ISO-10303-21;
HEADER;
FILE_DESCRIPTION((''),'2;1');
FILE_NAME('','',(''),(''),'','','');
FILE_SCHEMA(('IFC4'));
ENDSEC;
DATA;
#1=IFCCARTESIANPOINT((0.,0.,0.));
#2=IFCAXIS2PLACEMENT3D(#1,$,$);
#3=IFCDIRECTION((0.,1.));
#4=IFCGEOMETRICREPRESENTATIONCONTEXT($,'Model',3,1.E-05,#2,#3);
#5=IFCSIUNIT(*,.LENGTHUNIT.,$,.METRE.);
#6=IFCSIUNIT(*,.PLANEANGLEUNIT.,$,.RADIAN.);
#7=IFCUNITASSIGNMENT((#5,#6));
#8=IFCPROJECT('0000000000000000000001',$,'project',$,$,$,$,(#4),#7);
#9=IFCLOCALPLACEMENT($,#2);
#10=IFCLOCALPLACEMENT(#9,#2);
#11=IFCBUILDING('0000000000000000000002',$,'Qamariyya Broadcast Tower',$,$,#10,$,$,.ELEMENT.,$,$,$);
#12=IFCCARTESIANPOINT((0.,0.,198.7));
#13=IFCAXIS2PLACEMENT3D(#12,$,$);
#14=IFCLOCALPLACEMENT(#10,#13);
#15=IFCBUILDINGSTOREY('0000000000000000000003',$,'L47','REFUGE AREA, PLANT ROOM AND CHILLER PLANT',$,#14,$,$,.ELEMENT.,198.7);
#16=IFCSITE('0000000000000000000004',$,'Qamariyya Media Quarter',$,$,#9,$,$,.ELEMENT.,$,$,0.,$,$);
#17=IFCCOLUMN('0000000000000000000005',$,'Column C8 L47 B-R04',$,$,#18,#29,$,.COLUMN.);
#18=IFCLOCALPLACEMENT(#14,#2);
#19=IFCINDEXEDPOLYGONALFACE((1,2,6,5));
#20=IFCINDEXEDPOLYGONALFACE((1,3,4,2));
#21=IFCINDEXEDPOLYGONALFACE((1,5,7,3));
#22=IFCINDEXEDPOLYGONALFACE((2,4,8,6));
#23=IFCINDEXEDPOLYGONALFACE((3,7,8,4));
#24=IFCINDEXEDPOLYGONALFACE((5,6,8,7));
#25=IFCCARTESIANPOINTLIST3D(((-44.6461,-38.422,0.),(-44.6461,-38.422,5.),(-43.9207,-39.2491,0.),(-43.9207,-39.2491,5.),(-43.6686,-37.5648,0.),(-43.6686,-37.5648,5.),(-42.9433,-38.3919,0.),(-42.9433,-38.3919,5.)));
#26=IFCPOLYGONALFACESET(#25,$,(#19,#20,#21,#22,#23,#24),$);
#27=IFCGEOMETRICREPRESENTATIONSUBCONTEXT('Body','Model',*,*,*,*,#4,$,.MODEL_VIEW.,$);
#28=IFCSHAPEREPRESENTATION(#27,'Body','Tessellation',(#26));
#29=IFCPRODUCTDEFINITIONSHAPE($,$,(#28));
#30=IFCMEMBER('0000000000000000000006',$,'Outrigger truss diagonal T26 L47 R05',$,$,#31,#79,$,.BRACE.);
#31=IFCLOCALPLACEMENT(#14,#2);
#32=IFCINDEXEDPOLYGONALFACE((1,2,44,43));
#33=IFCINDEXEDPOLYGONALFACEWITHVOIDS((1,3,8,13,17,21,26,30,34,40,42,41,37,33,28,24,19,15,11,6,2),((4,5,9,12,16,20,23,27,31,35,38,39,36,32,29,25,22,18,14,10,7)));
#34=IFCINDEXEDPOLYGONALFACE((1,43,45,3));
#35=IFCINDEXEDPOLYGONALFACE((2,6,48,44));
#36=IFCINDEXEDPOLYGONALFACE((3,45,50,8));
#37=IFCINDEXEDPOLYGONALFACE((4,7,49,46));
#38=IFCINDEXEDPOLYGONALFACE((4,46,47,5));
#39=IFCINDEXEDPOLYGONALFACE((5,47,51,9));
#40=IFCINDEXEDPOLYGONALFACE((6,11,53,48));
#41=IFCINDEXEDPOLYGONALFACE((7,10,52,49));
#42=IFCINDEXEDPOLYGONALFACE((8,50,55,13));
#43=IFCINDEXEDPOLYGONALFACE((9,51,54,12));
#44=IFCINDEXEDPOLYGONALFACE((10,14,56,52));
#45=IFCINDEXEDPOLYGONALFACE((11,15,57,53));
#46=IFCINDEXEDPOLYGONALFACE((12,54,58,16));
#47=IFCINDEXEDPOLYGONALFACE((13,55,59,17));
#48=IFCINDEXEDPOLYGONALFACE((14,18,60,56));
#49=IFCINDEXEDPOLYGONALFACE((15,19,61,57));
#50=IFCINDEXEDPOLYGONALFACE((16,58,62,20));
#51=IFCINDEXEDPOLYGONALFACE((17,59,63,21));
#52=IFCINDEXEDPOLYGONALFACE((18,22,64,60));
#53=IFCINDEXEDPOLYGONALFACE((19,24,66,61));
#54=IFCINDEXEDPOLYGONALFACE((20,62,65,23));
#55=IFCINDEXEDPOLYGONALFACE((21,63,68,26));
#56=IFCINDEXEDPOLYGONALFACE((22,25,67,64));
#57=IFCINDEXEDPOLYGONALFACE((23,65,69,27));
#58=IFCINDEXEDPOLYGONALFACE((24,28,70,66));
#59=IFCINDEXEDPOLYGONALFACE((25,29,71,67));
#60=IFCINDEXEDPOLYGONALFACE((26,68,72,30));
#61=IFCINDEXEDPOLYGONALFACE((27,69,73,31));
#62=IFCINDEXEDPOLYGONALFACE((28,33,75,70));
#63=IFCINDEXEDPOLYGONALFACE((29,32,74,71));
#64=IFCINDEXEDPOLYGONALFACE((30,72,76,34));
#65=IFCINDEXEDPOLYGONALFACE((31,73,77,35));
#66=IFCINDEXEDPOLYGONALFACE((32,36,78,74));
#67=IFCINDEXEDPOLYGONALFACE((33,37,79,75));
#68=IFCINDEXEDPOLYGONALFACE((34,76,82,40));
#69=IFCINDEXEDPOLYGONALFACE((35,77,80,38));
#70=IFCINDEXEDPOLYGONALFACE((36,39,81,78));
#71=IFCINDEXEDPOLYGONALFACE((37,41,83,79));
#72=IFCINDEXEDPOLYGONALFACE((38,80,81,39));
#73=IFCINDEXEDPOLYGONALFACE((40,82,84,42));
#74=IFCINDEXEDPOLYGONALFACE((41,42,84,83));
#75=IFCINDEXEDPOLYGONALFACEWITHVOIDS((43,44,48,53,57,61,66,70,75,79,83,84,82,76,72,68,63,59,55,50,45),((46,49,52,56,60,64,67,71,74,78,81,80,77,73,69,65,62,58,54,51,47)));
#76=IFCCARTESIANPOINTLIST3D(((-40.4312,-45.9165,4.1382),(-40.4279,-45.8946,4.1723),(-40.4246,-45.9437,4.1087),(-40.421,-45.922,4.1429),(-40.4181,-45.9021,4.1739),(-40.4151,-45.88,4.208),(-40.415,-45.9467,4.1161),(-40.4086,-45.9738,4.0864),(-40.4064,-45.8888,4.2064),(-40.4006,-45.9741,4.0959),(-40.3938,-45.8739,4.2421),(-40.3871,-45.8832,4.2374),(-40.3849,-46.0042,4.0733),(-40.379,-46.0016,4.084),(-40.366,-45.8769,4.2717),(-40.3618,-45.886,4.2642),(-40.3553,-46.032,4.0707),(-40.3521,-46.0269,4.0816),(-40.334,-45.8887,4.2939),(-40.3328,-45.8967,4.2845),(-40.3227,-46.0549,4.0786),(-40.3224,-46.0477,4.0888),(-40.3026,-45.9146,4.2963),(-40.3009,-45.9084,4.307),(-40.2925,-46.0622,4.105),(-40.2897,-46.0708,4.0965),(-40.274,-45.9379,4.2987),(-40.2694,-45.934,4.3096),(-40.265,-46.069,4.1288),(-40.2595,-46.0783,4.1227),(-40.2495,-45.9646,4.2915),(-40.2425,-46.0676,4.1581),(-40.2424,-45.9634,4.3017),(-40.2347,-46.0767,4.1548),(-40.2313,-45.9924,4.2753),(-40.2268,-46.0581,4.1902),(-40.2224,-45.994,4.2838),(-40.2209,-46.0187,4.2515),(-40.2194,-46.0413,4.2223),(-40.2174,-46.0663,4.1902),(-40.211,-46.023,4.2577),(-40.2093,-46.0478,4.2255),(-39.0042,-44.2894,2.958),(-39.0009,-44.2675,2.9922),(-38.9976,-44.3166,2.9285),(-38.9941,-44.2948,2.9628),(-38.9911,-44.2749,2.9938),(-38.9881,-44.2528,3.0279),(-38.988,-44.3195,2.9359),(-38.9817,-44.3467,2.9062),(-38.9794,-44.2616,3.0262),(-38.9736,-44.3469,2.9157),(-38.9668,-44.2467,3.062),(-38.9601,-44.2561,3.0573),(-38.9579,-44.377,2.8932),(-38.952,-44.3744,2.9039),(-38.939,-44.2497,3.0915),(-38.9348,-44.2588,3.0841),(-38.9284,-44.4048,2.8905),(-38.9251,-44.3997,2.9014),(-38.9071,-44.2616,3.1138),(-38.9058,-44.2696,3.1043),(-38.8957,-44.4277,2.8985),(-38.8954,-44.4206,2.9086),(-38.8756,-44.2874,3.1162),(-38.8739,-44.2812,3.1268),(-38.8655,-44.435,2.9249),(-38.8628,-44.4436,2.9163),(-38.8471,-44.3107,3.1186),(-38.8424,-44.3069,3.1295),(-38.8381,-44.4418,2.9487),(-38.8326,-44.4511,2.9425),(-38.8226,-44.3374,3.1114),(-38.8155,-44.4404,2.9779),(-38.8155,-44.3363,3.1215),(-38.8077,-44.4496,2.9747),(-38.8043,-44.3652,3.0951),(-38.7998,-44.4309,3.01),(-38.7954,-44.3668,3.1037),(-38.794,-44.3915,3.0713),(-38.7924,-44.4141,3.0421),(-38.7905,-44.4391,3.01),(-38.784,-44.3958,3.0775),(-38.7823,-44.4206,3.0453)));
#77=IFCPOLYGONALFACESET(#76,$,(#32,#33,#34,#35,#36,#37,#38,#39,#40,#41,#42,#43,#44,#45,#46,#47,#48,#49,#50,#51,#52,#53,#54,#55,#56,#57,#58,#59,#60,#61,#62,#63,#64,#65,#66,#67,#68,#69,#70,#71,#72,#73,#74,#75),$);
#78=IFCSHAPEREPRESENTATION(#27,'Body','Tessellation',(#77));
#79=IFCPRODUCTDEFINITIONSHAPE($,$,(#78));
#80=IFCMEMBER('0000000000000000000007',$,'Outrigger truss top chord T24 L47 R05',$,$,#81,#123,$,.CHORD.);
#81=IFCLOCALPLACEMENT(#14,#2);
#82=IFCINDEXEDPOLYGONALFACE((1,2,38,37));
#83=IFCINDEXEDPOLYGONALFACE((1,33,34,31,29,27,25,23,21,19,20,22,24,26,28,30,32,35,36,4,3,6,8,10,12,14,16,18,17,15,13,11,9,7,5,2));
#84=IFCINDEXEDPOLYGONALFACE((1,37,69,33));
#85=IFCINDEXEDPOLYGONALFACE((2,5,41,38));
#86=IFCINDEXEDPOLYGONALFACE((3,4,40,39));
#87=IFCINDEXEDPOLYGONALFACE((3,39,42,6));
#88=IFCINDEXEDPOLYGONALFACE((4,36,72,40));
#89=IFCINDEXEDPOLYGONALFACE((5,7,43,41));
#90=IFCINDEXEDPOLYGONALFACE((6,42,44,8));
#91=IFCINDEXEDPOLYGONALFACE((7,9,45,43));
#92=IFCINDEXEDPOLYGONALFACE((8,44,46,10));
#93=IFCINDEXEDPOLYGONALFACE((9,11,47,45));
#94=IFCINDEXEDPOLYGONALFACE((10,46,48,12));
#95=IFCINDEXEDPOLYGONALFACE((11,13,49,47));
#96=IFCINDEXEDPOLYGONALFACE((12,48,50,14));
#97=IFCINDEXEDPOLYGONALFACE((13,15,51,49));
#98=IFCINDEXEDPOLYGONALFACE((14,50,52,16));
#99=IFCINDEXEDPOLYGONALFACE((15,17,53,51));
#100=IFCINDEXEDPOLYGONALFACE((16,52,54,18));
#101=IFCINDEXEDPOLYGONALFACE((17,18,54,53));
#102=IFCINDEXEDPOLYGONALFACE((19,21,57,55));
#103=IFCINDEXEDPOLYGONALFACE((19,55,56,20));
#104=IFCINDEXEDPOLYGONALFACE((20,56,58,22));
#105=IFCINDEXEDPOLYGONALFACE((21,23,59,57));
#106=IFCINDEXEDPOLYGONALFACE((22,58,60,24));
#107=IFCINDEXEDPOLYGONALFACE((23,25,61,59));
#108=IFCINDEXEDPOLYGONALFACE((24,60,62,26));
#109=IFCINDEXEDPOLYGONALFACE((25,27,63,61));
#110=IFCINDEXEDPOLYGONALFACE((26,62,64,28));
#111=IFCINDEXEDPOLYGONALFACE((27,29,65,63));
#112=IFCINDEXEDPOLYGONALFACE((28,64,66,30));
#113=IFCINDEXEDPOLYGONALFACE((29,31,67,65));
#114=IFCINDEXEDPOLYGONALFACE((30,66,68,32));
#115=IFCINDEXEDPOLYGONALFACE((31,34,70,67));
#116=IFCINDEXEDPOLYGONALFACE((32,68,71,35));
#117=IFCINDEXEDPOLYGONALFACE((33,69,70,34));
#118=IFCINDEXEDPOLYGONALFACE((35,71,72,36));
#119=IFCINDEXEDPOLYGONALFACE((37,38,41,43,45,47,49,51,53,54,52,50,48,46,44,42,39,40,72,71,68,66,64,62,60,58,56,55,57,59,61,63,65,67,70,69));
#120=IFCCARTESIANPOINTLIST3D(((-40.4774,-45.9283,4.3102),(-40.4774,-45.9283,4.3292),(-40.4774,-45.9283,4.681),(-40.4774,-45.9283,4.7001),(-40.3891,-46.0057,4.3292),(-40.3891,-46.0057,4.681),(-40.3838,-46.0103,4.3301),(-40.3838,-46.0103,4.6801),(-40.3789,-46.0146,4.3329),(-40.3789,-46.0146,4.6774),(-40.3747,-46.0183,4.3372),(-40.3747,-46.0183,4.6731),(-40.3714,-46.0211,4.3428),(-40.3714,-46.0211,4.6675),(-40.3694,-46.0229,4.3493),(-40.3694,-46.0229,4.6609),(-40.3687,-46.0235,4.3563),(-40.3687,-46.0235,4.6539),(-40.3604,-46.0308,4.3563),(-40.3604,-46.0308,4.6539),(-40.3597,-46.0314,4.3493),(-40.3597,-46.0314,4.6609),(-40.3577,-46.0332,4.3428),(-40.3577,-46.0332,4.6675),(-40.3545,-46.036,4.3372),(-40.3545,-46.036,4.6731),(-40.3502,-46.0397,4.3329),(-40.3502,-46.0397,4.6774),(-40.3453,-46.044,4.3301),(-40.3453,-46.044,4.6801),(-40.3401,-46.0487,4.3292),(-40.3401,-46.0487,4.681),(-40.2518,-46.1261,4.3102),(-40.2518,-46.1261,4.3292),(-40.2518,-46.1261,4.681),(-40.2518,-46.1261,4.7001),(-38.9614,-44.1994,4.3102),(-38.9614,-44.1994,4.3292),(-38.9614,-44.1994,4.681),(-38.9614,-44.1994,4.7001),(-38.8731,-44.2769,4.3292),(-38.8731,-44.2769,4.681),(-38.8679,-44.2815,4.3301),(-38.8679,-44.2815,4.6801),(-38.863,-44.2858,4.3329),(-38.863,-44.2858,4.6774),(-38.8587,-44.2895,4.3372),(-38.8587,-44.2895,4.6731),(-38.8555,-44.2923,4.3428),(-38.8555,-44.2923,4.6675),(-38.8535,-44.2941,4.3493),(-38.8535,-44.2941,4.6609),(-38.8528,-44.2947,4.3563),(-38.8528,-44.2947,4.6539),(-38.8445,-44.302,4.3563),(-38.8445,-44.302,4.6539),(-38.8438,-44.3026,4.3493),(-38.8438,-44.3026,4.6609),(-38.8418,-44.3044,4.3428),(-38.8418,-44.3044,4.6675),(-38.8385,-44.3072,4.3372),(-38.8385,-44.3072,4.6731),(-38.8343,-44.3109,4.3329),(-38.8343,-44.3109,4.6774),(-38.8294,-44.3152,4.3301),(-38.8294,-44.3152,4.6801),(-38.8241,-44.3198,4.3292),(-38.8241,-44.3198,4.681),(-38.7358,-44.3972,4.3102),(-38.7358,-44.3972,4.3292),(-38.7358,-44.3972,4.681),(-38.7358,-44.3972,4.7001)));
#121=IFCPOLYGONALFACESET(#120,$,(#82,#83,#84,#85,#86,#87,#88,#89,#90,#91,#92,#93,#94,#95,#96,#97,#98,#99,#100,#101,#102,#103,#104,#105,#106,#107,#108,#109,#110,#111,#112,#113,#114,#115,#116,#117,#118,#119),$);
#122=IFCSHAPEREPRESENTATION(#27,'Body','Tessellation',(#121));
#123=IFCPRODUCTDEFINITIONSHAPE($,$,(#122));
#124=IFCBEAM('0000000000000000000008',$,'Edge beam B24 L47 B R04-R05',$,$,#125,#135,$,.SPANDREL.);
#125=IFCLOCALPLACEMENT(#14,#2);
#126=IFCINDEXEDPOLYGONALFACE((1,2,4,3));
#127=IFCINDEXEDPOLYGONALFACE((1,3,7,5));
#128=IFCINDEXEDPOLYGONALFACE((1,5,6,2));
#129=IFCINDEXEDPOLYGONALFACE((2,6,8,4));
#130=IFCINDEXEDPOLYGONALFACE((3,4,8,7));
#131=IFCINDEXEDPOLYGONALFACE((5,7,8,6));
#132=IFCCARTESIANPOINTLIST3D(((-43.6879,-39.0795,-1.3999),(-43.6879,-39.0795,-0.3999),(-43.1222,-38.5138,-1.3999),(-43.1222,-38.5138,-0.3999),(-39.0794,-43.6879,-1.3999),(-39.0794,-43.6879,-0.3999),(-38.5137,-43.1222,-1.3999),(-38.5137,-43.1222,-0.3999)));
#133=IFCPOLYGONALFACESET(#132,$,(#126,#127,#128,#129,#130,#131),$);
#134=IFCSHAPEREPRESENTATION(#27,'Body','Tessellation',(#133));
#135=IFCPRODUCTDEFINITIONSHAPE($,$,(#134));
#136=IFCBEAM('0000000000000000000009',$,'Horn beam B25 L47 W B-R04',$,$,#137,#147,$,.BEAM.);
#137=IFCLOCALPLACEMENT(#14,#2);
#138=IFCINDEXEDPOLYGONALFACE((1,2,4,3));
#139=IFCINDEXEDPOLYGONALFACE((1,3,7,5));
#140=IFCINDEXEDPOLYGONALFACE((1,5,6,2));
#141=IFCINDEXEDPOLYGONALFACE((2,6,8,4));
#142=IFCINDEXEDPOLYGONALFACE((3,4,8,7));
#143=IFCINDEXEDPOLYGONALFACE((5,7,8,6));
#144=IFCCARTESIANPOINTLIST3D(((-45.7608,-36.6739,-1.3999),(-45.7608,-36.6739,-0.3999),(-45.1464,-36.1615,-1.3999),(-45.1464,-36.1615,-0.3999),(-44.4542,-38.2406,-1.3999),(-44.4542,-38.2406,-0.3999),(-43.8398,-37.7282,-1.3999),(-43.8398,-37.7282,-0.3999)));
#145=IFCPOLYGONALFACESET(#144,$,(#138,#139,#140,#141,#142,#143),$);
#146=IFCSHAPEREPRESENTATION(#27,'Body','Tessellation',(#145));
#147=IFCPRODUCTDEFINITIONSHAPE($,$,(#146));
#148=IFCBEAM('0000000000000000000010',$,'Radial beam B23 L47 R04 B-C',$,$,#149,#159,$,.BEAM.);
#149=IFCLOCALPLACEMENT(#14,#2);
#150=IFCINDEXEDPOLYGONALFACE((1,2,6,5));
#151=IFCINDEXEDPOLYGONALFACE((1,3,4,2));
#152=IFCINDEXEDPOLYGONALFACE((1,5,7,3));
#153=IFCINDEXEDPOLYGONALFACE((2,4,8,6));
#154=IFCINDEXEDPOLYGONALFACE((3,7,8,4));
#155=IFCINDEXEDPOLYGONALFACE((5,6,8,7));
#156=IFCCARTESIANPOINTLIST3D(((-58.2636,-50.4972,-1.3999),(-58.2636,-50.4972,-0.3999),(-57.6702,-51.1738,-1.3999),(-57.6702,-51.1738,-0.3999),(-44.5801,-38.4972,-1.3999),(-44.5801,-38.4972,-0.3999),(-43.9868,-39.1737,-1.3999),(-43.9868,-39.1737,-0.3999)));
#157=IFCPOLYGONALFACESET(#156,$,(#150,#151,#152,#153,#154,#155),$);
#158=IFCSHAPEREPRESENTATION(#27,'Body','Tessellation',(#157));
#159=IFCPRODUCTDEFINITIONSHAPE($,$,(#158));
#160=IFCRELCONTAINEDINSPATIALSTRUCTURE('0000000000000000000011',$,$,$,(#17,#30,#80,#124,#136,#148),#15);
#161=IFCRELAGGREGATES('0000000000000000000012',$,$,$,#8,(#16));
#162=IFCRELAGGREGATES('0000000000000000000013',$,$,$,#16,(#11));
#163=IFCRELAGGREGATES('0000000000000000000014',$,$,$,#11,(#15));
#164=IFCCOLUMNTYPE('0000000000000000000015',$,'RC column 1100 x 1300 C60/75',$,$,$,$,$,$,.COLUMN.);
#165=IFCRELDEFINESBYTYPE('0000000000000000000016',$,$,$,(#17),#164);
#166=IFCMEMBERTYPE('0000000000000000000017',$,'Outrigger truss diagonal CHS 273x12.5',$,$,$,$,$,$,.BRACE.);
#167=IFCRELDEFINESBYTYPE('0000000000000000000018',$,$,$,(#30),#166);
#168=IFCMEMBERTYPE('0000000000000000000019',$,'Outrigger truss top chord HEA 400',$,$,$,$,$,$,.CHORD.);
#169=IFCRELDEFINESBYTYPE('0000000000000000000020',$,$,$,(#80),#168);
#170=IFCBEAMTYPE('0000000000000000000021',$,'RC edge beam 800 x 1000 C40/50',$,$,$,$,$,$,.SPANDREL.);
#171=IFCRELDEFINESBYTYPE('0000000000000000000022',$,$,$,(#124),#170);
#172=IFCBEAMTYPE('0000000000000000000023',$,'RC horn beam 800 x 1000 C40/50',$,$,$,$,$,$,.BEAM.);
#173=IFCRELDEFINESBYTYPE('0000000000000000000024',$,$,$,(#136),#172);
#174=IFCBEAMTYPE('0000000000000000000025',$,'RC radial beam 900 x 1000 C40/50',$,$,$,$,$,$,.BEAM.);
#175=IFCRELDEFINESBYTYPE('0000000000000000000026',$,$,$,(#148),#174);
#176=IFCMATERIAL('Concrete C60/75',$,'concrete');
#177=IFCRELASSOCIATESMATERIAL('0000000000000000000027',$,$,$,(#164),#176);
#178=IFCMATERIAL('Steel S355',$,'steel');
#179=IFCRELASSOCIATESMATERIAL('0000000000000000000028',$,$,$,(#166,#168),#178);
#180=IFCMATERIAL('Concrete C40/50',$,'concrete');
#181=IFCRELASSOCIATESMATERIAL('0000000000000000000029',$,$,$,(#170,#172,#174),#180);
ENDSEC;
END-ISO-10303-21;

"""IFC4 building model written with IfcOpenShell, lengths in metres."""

from ifc_helpers import new_model, si_unit, direction, frame, origin, origin_2d, place, context, subcontext, project, spatial, rectangle, hollow_circle, i_section, extrude, material, material_profile, profile_set, type_object, element, save


model = new_model("IFC4")

# Units and contexts
model_context = context("Model", 3, precision=1e-05, world=origin(), true_north=direction((0.0, 1.0)))
body_context = subcontext(model_context, "Body", "Model", "MODEL_VIEW")
ifc_project = project(units=[si_unit("LENGTHUNIT", "METRE"), si_unit("PLANEANGLEUNIT", "RADIAN")], contexts=[model_context])

# Site, building, storey
site_placement = place(None, origin())
site = spatial("IfcSite", under=ifc_project, at=site_placement, Name="Qamariyya Media Quarter", CompositionType="ELEMENT", RefElevation=0.0)
building_placement = place(site_placement, origin())
building = spatial("IfcBuilding", under=site, at=building_placement, Name="Qamariyya Broadcast Tower", CompositionType="ELEMENT")
storey_placement = place(building_placement, frame((0.0, 0.0, 198.7)))
storey = spatial("IfcBuildingStorey", under=building, at=storey_placement, Name="L47", Description="REFUGE AREA, PLANT ROOM AND CHILLER PLANT", CompositionType="ELEMENT", Elevation=198.7)

# Column
ifc_material_1 = material(Name="Concrete C60/75", Category="concrete")
ifc_material_profile_1 = material_profile(ifc_material_1, rectangle(XDim=1.1001, YDim=1.3, at=origin_2d()))
ifc_profile_set_1 = profile_set([ifc_material_profile_1], Name="Concrete C60/75")
column_type = type_object("IfcColumnType", Name="RC column 1100 x 1300 C60/75", PredefinedType="COLUMN", material=ifc_profile_set_1)
column_placement = place(storey_placement, frame((-43.7947, -38.407, 0.0), z_axis=(0.0, 0.0, 1.0), x_axis=(0.659346, -0.75184, 0.0)))
element("IfcColumn", 1, at=column_placement, inside=storey, type_object=column_type, Name="Column C8 L47 B-R04", PredefinedType="COLUMN", context=body_context, shape_type="SweptSolid", body=[
    extrude(rectangle(XDim=1.1001, YDim=1.3, at=origin_2d()), origin(), (0.0, 0.0, 1.0), 5.0),
])

# Members
ifc_material_2 = material(Name="Steel S355", Category="steel")
ifc_material_profile_2 = material_profile(ifc_material_2, hollow_circle(Radius=0.1365, WallThickness=0.0125, at=origin_2d()))
ifc_profile_set_2 = profile_set([ifc_material_profile_2], Name="Steel S355")
member_type_1 = type_object("IfcMemberType", Name="Outrigger truss diagonal CHS 273x12.5", PredefinedType="BRACE", material=ifc_profile_set_2)
member_1_placement = place(storey_placement, frame((-38.8931, -44.3491, 3.01), z_axis=(-0.578872, -0.660083, 0.478746), x_axis=(0.751842, -0.659343, 0.0)))
element("IfcMember", 2, at=member_1_placement, inside=storey, type_object=member_type_1, Name="Outrigger truss diagonal T26 L47 R05", PredefinedType="BRACE", context=body_context, shape_type="SweptSolid", body=[
    extrude(hollow_circle(Radius=0.1365, WallThickness=0.0125, at=origin_2d()), origin(), (0.0, 0.0, 1.0), 2.4651),
])
ifc_material_profile_3 = material_profile(ifc_material_2, i_section(OverallWidth=0.3, OverallDepth=0.3899, WebThickness=0.011, FlangeThickness=0.019, FilletRadius=0.0271, at=origin_2d()))
ifc_profile_set_3 = profile_set([ifc_material_profile_3], Name="Steel S355")
member_type_2 = type_object("IfcMemberType", Name="Outrigger truss top chord HEA 400", PredefinedType="CHORD", material=ifc_profile_set_3)
member_2_placement = place(storey_placement, frame((-38.8486, -44.2983, 4.5051), z_axis=(-0.659294, -0.751886, 0.0), x_axis=(0.751886, -0.659294, 0.0)))
element("IfcMember", 3, at=member_2_placement, inside=storey, type_object=member_type_2, Name="Outrigger truss top chord T24 L47 R05", PredefinedType="CHORD", context=body_context, shape_type="SweptSolid", body=[
    extrude(i_section(OverallWidth=0.3, OverallDepth=0.3899, WebThickness=0.011, FlangeThickness=0.019, FilletRadius=0.0271, at=origin_2d()), origin(), (0.0, 0.0, 1.0), 2.2993),
])

# Beams
ifc_material_3 = material(Name="Concrete C40/50", Category="concrete")
ifc_material_profile_4 = material_profile(ifc_material_3, rectangle(XDim=0.8, YDim=1.0, at=origin_2d()))
ifc_profile_set_4 = profile_set([ifc_material_profile_4], Name="Concrete C40/50")
beam_type_1 = type_object("IfcBeamType", Name="RC edge beam 800 x 1000 C40/50", PredefinedType="SPANDREL", material=ifc_profile_set_4)
beam_1_placement = place(storey_placement, frame((-43.405, -38.7966, -0.8999), z_axis=(0.707107, -0.707107, 0.0), x_axis=(0.707107, 0.707107, 0.0)))
element("IfcBeam", 4, at=beam_1_placement, inside=storey, type_object=beam_type_1, Name="Edge beam B24 L47 B R04-R05", PredefinedType="SPANDREL", context=body_context, shape_type="SweptSolid", body=[
    extrude(rectangle(XDim=0.8, YDim=1.0, at=origin_2d()), origin(), (0.0, 0.0, 1.0), 6.5173),
])
ifc_material_profile_5 = material_profile(ifc_material_3, rectangle(XDim=0.8, YDim=1.0, at=origin_2d()))
ifc_profile_set_5 = profile_set([ifc_material_profile_5], Name="Concrete C40/50")
beam_type_2 = type_object("IfcBeamType", Name="RC horn beam 800 x 1000 C40/50", PredefinedType="BEAM", material=ifc_profile_set_5)
beam_2_placement = place(storey_placement, frame((-44.147, -37.9844, -0.8999), z_axis=(-0.640502, 0.767956, 0.0), x_axis=(-0.767956, -0.640502, 0.0)))
element("IfcBeam", 5, at=beam_2_placement, inside=storey, type_object=beam_type_2, Name="Horn beam B25 L47 W B-R04", PredefinedType="BEAM", context=body_context, shape_type="SweptSolid", body=[
    extrude(rectangle(XDim=0.8, YDim=1.0, at=origin_2d()), origin(), (0.0, 0.0, 1.0), 2.04),
])
ifc_material_profile_6 = material_profile(ifc_material_3, rectangle(XDim=0.8999, YDim=1.0, at=origin_2d()))
ifc_profile_set_6 = profile_set([ifc_material_profile_6], Name="Concrete C40/50")
beam_type_3 = type_object("IfcBeamType", Name="RC radial beam 900 x 1000 C40/50", PredefinedType="BEAM", material=ifc_profile_set_6)
beam_3_placement = place(storey_placement, frame((-44.2834, -38.8354, -0.8999), z_axis=(-0.751839, -0.659347, 0.0), x_axis=(0.659347, -0.751839, 0.0)))
element("IfcBeam", 6, at=beam_3_placement, inside=storey, type_object=beam_type_3, Name="Radial beam B23 L47 R04 B-C", PredefinedType="BEAM", context=body_context, shape_type="SweptSolid", body=[
    extrude(rectangle(XDim=0.8999, YDim=1.0, at=origin_2d()), origin(), (0.0, 0.0, 1.0), 18.2),
])

save(model, "model.ifc")
